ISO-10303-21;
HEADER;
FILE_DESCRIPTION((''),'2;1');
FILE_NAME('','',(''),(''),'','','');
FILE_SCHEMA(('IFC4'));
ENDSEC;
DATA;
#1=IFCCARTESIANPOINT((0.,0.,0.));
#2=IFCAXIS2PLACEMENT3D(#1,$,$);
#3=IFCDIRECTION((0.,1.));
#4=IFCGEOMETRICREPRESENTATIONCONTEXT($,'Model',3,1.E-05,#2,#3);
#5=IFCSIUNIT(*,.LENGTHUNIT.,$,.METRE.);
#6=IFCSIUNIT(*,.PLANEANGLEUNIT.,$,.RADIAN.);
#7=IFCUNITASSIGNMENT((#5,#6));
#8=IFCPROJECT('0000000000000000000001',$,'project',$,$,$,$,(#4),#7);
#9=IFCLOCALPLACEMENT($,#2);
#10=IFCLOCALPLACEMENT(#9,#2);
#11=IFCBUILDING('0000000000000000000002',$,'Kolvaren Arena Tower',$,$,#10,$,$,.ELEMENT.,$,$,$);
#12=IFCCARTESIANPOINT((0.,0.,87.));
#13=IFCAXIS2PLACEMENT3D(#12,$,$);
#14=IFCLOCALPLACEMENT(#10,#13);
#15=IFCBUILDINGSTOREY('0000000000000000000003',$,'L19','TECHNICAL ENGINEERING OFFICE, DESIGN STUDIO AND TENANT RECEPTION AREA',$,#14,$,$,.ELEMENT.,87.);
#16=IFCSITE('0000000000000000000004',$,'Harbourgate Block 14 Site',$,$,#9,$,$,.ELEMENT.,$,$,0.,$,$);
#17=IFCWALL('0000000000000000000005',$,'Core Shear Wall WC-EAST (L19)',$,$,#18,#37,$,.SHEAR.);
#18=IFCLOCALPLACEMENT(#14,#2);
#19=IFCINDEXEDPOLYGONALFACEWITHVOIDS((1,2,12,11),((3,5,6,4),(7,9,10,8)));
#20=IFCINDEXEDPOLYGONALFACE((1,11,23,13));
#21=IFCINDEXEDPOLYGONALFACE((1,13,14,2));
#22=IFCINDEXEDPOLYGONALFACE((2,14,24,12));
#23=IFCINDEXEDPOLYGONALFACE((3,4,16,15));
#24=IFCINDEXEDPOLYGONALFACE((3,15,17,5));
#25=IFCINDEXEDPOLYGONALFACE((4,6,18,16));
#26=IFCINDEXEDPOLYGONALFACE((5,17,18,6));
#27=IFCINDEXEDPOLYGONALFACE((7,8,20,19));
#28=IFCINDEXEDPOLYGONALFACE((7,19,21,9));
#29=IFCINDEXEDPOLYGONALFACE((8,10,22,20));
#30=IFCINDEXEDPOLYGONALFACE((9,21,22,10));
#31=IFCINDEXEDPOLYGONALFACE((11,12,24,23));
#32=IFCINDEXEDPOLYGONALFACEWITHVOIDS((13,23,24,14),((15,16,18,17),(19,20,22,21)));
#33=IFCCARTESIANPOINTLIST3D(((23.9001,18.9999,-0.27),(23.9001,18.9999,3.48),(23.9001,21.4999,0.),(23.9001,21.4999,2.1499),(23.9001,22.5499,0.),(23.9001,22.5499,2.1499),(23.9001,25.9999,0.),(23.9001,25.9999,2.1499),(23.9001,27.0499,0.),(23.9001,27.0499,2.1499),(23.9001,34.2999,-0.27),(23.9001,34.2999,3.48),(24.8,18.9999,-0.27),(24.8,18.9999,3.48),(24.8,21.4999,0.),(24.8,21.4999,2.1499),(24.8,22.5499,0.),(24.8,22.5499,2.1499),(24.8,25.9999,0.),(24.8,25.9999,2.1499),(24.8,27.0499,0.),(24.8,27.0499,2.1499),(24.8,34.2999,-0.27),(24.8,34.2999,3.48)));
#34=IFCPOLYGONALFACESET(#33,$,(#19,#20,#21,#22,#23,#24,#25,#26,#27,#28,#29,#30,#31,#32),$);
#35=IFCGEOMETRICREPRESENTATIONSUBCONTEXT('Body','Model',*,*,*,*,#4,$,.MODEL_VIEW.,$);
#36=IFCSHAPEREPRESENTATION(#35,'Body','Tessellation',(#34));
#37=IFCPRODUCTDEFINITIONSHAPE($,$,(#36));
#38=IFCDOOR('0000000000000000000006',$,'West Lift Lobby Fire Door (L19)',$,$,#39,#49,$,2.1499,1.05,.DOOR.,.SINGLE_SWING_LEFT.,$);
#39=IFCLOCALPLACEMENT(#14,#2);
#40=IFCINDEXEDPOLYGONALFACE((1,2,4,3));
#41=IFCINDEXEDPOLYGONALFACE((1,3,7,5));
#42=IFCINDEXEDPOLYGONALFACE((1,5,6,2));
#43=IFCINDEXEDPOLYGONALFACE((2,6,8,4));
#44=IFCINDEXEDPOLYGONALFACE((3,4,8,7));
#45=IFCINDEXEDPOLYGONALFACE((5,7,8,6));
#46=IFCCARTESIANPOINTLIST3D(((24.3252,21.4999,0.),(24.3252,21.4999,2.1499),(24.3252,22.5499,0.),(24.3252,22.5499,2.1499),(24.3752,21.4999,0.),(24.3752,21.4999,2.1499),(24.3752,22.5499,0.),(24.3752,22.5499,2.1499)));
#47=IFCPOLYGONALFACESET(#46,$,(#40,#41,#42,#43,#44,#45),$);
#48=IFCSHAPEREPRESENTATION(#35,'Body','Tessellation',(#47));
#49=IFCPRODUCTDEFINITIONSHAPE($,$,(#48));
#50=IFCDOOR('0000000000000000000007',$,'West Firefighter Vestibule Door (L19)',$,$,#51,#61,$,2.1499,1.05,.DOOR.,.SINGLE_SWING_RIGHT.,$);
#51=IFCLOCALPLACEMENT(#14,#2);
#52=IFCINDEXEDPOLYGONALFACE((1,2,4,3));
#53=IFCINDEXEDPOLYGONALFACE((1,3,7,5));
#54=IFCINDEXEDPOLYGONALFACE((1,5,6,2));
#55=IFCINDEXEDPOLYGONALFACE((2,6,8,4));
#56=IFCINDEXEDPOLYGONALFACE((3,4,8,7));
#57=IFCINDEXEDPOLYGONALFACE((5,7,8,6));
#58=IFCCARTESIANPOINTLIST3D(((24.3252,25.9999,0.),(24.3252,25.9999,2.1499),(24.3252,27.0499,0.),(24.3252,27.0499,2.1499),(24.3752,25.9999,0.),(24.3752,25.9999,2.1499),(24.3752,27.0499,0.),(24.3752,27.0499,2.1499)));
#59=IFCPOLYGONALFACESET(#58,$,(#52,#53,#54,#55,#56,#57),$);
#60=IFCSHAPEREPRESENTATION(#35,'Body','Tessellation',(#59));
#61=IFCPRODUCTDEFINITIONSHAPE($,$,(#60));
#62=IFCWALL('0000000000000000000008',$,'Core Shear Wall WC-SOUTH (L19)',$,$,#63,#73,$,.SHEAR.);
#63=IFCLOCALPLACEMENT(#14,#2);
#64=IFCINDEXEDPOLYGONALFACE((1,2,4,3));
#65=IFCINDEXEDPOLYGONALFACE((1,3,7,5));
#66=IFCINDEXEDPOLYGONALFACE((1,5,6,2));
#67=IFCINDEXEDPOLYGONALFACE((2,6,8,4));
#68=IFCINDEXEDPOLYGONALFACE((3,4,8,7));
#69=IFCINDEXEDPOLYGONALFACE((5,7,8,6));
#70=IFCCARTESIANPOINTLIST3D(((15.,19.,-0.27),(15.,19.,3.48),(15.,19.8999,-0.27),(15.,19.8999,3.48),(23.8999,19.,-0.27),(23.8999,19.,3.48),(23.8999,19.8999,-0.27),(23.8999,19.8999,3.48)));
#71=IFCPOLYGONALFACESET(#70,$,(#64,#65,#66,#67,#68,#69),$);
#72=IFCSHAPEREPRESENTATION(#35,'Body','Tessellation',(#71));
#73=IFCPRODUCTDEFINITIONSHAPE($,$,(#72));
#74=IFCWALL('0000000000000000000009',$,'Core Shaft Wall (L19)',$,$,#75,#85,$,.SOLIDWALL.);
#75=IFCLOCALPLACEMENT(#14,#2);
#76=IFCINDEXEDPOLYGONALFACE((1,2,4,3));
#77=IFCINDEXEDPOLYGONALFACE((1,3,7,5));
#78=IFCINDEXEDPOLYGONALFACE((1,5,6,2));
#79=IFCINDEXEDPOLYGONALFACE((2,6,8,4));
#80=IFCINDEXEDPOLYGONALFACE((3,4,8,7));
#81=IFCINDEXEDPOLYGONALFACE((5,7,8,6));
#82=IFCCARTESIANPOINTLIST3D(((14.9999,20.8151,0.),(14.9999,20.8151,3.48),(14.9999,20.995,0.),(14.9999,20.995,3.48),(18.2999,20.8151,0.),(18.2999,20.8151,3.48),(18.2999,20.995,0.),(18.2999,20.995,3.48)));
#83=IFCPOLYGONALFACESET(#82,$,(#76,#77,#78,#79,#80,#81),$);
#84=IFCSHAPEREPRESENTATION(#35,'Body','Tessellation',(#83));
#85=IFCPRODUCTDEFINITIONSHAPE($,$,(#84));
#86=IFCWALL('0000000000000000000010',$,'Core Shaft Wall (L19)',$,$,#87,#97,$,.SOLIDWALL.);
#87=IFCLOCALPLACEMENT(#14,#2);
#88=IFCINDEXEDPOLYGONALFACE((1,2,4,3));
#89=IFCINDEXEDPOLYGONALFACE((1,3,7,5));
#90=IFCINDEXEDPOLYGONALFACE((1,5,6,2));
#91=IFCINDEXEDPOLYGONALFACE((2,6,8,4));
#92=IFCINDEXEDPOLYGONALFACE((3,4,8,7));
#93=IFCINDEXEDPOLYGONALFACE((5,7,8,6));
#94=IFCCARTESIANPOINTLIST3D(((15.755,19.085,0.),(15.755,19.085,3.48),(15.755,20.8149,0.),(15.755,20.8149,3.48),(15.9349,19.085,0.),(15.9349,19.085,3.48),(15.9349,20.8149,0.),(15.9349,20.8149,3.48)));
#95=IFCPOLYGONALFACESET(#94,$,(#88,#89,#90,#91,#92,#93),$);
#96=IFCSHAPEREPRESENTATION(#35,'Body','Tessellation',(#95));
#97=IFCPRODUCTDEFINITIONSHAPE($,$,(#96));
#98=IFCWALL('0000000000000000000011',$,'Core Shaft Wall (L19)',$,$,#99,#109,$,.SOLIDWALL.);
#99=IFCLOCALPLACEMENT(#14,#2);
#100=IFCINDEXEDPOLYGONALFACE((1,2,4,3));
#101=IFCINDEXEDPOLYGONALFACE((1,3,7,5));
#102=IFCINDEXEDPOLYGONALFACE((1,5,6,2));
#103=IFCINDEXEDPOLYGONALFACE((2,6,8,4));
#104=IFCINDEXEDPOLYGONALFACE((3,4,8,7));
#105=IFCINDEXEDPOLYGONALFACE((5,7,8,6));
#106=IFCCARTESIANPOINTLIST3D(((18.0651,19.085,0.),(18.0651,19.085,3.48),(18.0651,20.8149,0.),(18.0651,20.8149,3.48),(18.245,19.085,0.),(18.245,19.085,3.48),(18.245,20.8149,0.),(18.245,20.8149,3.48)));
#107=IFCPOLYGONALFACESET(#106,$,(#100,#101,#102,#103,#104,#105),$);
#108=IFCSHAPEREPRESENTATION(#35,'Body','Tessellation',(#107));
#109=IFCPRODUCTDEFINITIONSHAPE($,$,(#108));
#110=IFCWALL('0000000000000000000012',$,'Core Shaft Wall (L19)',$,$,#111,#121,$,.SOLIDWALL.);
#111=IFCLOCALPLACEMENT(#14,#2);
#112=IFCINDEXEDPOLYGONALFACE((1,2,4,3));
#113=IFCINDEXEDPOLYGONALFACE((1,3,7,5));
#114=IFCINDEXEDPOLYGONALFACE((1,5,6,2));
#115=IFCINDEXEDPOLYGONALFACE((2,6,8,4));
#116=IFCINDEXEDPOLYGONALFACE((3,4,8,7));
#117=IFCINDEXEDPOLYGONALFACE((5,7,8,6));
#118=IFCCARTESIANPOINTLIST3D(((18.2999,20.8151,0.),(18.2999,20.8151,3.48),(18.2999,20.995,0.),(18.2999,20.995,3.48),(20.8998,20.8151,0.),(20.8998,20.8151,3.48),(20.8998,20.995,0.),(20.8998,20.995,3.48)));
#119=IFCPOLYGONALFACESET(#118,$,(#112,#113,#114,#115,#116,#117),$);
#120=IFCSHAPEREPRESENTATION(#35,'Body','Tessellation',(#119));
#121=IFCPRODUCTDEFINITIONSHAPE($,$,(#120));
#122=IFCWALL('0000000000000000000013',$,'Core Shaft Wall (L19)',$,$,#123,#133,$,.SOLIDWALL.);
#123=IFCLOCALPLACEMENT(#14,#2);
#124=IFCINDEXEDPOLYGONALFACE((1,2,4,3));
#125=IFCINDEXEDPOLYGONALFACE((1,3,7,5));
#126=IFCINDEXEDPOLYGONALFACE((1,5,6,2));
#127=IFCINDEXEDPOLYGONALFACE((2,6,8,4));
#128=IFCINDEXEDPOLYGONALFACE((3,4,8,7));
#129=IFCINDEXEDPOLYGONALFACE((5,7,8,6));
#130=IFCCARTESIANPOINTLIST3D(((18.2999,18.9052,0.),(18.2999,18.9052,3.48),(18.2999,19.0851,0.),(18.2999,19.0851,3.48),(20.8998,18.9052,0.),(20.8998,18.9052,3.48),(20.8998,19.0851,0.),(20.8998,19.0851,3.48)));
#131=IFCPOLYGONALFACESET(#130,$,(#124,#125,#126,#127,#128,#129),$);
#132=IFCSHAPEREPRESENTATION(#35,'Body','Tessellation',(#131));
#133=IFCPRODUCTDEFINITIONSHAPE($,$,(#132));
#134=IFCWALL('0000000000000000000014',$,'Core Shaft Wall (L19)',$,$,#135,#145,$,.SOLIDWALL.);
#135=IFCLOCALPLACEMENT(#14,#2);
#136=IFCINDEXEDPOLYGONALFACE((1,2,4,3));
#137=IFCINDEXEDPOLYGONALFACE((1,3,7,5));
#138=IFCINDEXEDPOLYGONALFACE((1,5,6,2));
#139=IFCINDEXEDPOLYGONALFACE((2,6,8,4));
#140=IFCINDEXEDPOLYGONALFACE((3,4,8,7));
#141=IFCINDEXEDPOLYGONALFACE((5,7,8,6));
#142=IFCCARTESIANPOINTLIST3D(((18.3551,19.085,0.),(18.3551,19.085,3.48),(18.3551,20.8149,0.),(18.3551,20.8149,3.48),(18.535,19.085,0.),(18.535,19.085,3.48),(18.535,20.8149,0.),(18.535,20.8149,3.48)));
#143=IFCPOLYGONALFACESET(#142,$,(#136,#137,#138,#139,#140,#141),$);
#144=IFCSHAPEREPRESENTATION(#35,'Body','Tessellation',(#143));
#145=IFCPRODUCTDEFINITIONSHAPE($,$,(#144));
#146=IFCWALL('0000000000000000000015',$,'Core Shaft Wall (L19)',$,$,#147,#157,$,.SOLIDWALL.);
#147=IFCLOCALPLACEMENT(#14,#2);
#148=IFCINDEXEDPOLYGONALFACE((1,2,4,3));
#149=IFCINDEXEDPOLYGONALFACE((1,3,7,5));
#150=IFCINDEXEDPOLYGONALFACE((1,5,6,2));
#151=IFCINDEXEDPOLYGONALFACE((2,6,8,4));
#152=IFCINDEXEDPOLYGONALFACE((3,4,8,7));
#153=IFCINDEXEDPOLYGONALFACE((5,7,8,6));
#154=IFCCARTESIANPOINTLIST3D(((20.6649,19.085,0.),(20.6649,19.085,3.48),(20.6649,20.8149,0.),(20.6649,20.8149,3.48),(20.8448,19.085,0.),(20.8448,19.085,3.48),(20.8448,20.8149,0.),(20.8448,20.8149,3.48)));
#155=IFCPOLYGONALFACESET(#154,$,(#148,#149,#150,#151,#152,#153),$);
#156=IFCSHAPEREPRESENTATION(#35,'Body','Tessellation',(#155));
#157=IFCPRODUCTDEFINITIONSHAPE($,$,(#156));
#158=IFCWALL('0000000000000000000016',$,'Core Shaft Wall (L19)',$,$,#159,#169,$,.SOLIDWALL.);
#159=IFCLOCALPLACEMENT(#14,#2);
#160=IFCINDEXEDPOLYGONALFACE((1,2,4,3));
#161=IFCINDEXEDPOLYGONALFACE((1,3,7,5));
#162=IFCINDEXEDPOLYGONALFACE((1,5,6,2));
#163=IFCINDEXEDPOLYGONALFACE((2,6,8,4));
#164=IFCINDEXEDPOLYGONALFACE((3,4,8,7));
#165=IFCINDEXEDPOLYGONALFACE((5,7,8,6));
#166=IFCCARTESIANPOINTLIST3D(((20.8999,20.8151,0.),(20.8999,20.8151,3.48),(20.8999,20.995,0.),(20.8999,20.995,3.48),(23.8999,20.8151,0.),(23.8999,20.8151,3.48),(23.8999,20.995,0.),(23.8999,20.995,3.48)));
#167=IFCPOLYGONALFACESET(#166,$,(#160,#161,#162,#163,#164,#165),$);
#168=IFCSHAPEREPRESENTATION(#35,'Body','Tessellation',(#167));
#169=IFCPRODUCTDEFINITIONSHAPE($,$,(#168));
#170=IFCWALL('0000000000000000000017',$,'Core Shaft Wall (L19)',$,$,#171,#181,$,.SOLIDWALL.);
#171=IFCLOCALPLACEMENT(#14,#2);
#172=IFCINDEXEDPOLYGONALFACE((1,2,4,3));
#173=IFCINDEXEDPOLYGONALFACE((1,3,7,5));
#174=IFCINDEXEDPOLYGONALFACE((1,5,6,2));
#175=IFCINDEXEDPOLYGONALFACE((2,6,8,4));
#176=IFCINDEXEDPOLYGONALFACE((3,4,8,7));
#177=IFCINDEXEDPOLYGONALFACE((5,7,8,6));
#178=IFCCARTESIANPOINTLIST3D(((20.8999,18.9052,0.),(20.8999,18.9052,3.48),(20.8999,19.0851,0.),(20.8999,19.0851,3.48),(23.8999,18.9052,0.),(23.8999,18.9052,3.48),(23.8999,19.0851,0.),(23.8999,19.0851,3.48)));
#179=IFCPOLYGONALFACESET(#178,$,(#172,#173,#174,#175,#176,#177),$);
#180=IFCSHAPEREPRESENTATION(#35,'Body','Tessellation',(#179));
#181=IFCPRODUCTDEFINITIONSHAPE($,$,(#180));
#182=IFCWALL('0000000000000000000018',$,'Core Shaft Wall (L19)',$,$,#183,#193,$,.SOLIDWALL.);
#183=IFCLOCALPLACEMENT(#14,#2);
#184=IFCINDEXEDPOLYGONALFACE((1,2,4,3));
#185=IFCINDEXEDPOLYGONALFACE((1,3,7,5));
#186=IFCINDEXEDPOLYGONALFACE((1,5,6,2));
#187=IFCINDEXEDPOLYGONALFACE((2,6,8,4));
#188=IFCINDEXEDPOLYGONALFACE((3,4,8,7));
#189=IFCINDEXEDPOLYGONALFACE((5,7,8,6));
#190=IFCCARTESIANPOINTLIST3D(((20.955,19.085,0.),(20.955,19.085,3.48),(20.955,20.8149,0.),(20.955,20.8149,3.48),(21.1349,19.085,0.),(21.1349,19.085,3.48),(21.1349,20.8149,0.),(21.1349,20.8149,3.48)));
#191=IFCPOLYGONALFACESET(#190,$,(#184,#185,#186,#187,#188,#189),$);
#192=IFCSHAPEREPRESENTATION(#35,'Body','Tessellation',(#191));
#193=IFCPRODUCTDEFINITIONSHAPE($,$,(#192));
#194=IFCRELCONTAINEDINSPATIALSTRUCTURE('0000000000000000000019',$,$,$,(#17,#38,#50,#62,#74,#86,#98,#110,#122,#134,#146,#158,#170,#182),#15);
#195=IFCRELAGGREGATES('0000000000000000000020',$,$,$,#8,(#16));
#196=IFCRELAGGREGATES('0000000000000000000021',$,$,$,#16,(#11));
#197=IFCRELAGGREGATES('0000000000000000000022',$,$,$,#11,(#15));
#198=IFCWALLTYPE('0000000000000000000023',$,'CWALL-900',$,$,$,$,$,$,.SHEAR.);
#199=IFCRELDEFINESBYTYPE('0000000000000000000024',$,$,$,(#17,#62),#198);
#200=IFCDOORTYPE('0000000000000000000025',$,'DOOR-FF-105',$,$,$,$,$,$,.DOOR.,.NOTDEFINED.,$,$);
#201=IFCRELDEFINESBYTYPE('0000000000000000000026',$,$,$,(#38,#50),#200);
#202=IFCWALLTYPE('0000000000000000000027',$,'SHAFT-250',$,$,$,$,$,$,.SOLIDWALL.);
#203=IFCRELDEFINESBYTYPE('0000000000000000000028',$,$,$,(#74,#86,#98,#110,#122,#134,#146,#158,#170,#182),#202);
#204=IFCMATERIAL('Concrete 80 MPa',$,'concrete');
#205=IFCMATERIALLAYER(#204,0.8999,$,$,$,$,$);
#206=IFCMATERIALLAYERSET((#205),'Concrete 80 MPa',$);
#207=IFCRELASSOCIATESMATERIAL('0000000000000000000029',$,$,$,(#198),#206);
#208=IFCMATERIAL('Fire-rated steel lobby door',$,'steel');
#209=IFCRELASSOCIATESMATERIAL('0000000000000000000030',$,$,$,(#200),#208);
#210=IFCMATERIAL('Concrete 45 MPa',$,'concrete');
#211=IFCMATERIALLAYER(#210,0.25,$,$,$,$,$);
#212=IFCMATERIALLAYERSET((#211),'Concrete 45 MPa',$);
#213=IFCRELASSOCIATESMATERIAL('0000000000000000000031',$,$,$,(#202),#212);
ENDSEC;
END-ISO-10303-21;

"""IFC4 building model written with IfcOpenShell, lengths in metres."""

from ifc_helpers import new_model, si_unit, direction, frame, frame_2d, origin, place, context, subcontext, project, spatial, rectangle, extrude, material, layer, layer_set, type_object, element, fill, save


model = new_model("IFC4")

# Units and contexts
model_context = context("Model", 3, precision=1e-05, world=origin(), true_north=direction((0.0, 1.0)))
body_context = subcontext(model_context, "Body", "Model", "MODEL_VIEW")
ifc_project = project(units=[si_unit("LENGTHUNIT", "METRE"), si_unit("PLANEANGLEUNIT", "RADIAN")], contexts=[model_context])

# Site, building, storey
site_placement = place(None, origin())
site = spatial("IfcSite", under=ifc_project, at=site_placement, Name="Harbourgate Block 14 Site", CompositionType="ELEMENT", RefElevation=0.0)
building_placement = place(site_placement, origin())
building = spatial("IfcBuilding", under=site, at=building_placement, Name="Kolvaren Arena Tower", CompositionType="ELEMENT")
storey_placement = place(building_placement, frame((0.0, 0.0, 87.0)))
storey = spatial("IfcBuildingStorey", under=building, at=storey_placement, Name="L19", Description="TECHNICAL ENGINEERING OFFICE, DESIGN STUDIO AND TENANT RECEPTION AREA", CompositionType="ELEMENT", Elevation=87.0)

# Wall, openings, doors
ifc_material_1 = material(Name="Concrete 80 MPa", Category="concrete")
ifc_layer_1 = layer(ifc_material_1, 0.8999)
ifc_layer_set_1 = layer_set([ifc_layer_1], Name="Concrete 80 MPa")
wall_type_1 = type_object("IfcWallType", Name="CWALL-900", PredefinedType="SHEAR", material=ifc_layer_set_1)
wall_1_placement = place(storey_placement, frame((24.3501, 19.0, -0.27), z_axis=(0.0, 0.0, 1.0), x_axis=(0.0, 1.0, 0.0)))
wall_1 = element("IfcWall", 1, at=wall_1_placement, inside=storey, type_object=wall_type_1, Name="Core Shear Wall WC-EAST (L19)", PredefinedType="SHEAR", context=body_context, shape_type="SweptSolid", body=[
    extrude(rectangle(XDim=15.3, YDim=0.8999, at=frame_2d((7.6499, 0.0))), origin(), (0.0, 0.0, 1.0), 3.75),
])
opening_1_placement = place(wall_1_placement, frame((2.5, 0.0, 0.27)))
opening_1 = element("IfcOpeningElement", 2, at=opening_1_placement, cuts=wall_1, PredefinedType="OPENING", context=body_context, shape_type="SweptSolid", body=[
    extrude(rectangle(XDim=1.05, YDim=2.1499, at=frame_2d((0.5249, 1.075))), frame((0.0, 0.46, 0.0), z_axis=(0.0, -1.0, 0.0), x_axis=(1.0, 0.0, 0.0)), (0.0, 0.0, 1.0), 0.9199),
])
opening_2_placement = place(wall_1_placement, frame((7.0, 0.0, 0.27)))
opening_2 = element("IfcOpeningElement", 3, at=opening_2_placement, cuts=wall_1, PredefinedType="OPENING", context=body_context, shape_type="SweptSolid", body=[
    extrude(rectangle(XDim=1.05, YDim=2.1499, at=frame_2d((0.5249, 1.075))), frame((0.0, 0.46, 0.0), z_axis=(0.0, -1.0, 0.0), x_axis=(1.0, 0.0, 0.0)), (0.0, 0.0, 1.0), 0.9199),
])
ifc_material_2 = material(Name="Fire-rated steel lobby door", Category="steel")
door_type = type_object("IfcDoorType", Name="DOOR-FF-105", OperationType="NOTDEFINED", PredefinedType="DOOR", material=ifc_material_2)
door_1_placement = place(opening_1_placement, origin())
door_1 = element("IfcDoor", 4, at=door_1_placement, inside=storey, type_object=door_type, Name="West Lift Lobby Fire Door (L19)", OperationType="SINGLE_SWING_LEFT", OverallHeight=2.1499, OverallWidth=1.05, PredefinedType="DOOR", context=body_context, shape_type="SweptSolid", body=[
    extrude(rectangle(XDim=1.05, YDim=2.1499, at=frame_2d((0.5249, 1.075))), frame((0.0, 0.0249, 0.0), z_axis=(0.0, -1.0, 0.0), x_axis=(1.0, 0.0, 0.0)), (0.0, 0.0, 1.0), 0.05),
])
fill(opening_1, door_1)
door_2_placement = place(opening_2_placement, origin())
door_2 = element("IfcDoor", 5, at=door_2_placement, inside=storey, type_object=door_type, Name="West Firefighter Vestibule Door (L19)", OperationType="SINGLE_SWING_RIGHT", OverallHeight=2.1499, OverallWidth=1.05, PredefinedType="DOOR", context=body_context, shape_type="SweptSolid", body=[
    extrude(rectangle(XDim=1.05, YDim=2.1499, at=frame_2d((0.5249, 1.075))), frame((0.0, 0.0249, 0.0), z_axis=(0.0, -1.0, 0.0), x_axis=(1.0, 0.0, 0.0)), (0.0, 0.0, 1.0), 0.05),
])
fill(opening_2, door_2)

# Walls
wall_2_placement = place(storey_placement, frame((15.0, 19.45, -0.27), z_axis=(0.0, 0.0, 1.0), x_axis=(1.0, 0.0, 0.0)))
element("IfcWall", 6, at=wall_2_placement, inside=storey, type_object=wall_type_1, Name="Core Shear Wall WC-SOUTH (L19)", PredefinedType="SHEAR", context=body_context, shape_type="SweptSolid", body=[
    extrude(rectangle(XDim=8.8999, YDim=0.8999, at=frame_2d((4.45, 0.0))), origin(), (0.0, 0.0, 1.0), 3.75),
])
ifc_material_3 = material(Name="Concrete 45 MPa", Category="concrete")
ifc_layer_2 = layer(ifc_material_3, 0.25)
ifc_layer_set_2 = layer_set([ifc_layer_2], Name="Concrete 45 MPa")
wall_type_2 = type_object("IfcWallType", Name="SHAFT-250", PredefinedType="SOLIDWALL", material=ifc_layer_set_2)
wall_3_placement = place(storey_placement, frame((15.0, 20.905, 0.0), z_axis=(0.0, 0.0, 1.0), x_axis=(1.0, 0.0, 0.0)))
element("IfcWall", 7, at=wall_3_placement, inside=storey, type_object=wall_type_2, Name="Core Shaft Wall (L19)", PredefinedType="SOLIDWALL", context=body_context, shape_type="SweptSolid", body=[
    extrude(rectangle(XDim=3.3, YDim=0.1799, at=frame_2d((1.6499, 0.0))), origin(), (0.0, 0.0, 1.0), 3.48),
])
for number, where, z_axis, x_axis, name in (
    (8, (15.845, 19.085, 0.0), (0.0, 0.0, 1.0), (0.0, 1.0, 0.0), "Core Shaft Wall (L19)"),
    (9, (18.155, 19.085, 0.0), (0.0, 0.0, 1.0), (0.0, 1.0, 0.0), "Core Shaft Wall (L19)"),
):
    element("IfcWall", number, at=place(storey_placement, frame(where, z_axis=z_axis, x_axis=x_axis)), inside=storey, type_object=wall_type_2, Name=name, PredefinedType="SOLIDWALL", context=body_context, shape_type="SweptSolid", body=[
        extrude(rectangle(XDim=1.73, YDim=0.1799, at=frame_2d((0.865, 0.0))), origin(), (0.0, 0.0, 1.0), 3.48),
    ])
for number, where, z_axis, x_axis, name in (
    (10, (18.3, 20.905, 0.0), (0.0, 0.0, 1.0), (1.0, 0.0, 0.0), "Core Shaft Wall (L19)"),
    (11, (18.3, 18.9951, 0.0), (0.0, 0.0, 1.0), (1.0, 0.0, 0.0), "Core Shaft Wall (L19)"),
):
    element("IfcWall", number, at=place(storey_placement, frame(where, z_axis=z_axis, x_axis=x_axis)), inside=storey, type_object=wall_type_2, Name=name, PredefinedType="SOLIDWALL", context=body_context, shape_type="SweptSolid", body=[
        extrude(rectangle(XDim=2.5999, YDim=0.1799, at=frame_2d((1.2998, 0.0))), origin(), (0.0, 0.0, 1.0), 3.48),
    ])
for number, where, z_axis, x_axis, name in (
    (12, (18.4451, 19.085, 0.0), (0.0, 0.0, 1.0), (0.0, 1.0, 0.0), "Core Shaft Wall (L19)"),
    (13, (20.7549, 19.085, 0.0), (0.0, 0.0, 1.0), (0.0, 1.0, 0.0), "Core Shaft Wall (L19)"),
):
    element("IfcWall", number, at=place(storey_placement, frame(where, z_axis=z_axis, x_axis=x_axis)), inside=storey, type_object=wall_type_2, Name=name, PredefinedType="SOLIDWALL", context=body_context, shape_type="SweptSolid", body=[
        extrude(rectangle(XDim=1.73, YDim=0.1799, at=frame_2d((0.865, 0.0))), origin(), (0.0, 0.0, 1.0), 3.48),
    ])
for number, where, z_axis, x_axis, name in (
    (14, (20.8999, 20.905, 0.0), (0.0, 0.0, 1.0), (1.0, 0.0, 0.0), "Core Shaft Wall (L19)"),
    (15, (20.8999, 18.9951, 0.0), (0.0, 0.0, 1.0), (1.0, 0.0, 0.0), "Core Shaft Wall (L19)"),
):
    element("IfcWall", number, at=place(storey_placement, frame(where, z_axis=z_axis, x_axis=x_axis)), inside=storey, type_object=wall_type_2, Name=name, PredefinedType="SOLIDWALL", context=body_context, shape_type="SweptSolid", body=[
        extrude(rectangle(XDim=3.0, YDim=0.1799, at=frame_2d((1.5, 0.0))), origin(), (0.0, 0.0, 1.0), 3.48),
    ])
for number, where, z_axis, x_axis, name in (
    (16, (21.0449, 19.085, 0.0), (0.0, 0.0, 1.0), (0.0, 1.0, 0.0), "Core Shaft Wall (L19)"),
):
    element("IfcWall", number, at=place(storey_placement, frame(where, z_axis=z_axis, x_axis=x_axis)), inside=storey, type_object=wall_type_2, Name=name, PredefinedType="SOLIDWALL", context=body_context, shape_type="SweptSolid", body=[
        extrude(rectangle(XDim=1.73, YDim=0.1799, at=frame_2d((0.865, 0.0))), origin(), (0.0, 0.0, 1.0), 3.48),
    ])

save(model, "model.ifc")
